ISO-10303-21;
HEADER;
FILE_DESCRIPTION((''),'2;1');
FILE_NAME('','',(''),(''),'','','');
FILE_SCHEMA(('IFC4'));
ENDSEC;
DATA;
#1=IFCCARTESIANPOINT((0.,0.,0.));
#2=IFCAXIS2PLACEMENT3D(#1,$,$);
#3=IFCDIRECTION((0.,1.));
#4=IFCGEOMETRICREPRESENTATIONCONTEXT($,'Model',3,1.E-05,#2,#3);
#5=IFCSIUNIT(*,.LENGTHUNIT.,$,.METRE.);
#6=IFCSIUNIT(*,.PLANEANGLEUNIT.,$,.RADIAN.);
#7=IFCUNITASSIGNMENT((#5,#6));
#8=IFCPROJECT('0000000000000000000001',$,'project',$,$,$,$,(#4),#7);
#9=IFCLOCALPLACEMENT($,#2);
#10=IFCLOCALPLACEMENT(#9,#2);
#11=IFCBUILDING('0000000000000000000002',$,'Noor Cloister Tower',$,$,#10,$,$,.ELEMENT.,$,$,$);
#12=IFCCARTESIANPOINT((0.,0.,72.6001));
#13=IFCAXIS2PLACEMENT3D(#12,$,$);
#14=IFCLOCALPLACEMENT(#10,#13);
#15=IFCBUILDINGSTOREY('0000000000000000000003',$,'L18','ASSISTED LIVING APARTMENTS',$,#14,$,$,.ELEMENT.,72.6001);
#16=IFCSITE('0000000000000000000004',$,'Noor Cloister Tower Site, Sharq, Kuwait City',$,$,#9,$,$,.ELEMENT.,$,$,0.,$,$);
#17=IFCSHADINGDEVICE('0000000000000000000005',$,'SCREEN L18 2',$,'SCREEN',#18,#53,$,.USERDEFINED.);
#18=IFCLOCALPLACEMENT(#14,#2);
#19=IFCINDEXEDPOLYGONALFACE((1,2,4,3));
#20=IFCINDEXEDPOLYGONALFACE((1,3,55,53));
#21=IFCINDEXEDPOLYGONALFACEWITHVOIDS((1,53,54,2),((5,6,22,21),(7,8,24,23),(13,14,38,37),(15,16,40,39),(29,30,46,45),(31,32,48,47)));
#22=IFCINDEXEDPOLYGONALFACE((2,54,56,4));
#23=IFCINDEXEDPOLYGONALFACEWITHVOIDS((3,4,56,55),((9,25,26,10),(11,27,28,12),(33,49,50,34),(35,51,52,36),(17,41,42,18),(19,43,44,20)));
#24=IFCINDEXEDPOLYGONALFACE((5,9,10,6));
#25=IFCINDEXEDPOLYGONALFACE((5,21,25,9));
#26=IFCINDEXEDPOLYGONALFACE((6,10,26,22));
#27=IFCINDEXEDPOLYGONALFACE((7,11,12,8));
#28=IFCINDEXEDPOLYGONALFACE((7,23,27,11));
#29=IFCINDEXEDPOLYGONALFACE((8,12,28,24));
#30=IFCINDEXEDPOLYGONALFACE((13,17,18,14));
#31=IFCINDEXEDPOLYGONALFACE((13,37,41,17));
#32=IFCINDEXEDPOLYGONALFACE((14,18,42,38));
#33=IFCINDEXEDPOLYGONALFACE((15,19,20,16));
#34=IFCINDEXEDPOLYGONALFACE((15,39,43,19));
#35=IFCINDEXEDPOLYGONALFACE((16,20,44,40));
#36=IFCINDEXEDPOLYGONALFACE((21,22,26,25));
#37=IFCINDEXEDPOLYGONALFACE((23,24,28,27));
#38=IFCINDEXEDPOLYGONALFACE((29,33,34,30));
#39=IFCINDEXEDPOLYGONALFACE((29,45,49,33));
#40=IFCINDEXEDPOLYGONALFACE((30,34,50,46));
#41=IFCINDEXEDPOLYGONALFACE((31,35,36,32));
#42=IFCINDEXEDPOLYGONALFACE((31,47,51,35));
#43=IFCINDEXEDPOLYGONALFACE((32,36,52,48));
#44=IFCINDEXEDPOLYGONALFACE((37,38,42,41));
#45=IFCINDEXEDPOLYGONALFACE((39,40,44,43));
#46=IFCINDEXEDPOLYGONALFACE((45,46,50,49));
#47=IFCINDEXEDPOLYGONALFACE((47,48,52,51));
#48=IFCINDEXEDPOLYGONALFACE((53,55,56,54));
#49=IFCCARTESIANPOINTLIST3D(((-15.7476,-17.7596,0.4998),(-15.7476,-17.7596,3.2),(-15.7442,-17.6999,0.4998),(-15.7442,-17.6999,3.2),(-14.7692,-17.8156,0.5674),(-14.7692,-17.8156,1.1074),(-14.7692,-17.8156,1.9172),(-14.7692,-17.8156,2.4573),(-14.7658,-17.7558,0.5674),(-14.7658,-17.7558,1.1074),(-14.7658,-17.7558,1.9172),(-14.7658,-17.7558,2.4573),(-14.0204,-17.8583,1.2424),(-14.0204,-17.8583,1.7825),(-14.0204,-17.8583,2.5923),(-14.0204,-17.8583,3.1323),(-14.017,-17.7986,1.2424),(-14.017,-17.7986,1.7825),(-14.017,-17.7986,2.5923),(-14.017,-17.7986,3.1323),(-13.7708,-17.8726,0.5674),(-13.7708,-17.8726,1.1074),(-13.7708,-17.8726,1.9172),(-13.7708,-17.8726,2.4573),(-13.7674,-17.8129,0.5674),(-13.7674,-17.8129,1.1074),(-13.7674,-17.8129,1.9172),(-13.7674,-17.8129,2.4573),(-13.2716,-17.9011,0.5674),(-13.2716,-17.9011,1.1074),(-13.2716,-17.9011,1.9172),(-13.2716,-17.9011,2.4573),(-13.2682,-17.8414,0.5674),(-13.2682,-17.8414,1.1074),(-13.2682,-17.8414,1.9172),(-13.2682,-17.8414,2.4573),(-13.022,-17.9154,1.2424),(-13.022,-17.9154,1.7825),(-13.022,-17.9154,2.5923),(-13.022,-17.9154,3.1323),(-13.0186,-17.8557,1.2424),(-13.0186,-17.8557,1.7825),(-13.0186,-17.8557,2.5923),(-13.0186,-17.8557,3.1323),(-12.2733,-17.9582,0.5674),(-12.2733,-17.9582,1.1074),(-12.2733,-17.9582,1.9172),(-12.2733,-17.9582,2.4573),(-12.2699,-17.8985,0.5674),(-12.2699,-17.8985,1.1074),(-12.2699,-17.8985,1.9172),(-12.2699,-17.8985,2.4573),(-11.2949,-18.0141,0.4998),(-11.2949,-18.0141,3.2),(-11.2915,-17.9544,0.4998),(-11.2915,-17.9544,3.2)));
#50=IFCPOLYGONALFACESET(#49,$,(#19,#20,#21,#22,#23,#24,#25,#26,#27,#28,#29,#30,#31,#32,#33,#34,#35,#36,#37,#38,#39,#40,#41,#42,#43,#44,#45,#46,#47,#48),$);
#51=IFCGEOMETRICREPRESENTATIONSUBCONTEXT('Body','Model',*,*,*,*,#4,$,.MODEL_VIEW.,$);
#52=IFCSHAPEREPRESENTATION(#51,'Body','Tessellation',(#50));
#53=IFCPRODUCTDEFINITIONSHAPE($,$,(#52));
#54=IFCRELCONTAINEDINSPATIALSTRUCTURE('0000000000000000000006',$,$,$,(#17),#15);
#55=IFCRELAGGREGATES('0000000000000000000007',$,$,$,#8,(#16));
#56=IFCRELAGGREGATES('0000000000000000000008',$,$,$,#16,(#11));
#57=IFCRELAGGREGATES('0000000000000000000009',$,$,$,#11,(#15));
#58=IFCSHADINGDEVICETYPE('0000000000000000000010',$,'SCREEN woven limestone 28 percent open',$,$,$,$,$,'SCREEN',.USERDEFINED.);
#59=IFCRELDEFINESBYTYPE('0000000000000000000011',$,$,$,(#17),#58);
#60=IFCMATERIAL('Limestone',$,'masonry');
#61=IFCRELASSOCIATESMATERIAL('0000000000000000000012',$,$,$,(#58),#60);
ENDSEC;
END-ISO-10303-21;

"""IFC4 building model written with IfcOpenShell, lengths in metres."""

from ifc_helpers import new_model, si_unit, direction, frame, origin, place, context, subcontext, project, spatial, polyline, outline, extrude, material, material_profile, profile_set, type_object, element, save


model = new_model("IFC4")

# Units and contexts
model_context = context("Model", 3, precision=1e-05, world=origin(), true_north=direction((0.0, 1.0)))
body_context = subcontext(model_context, "Body", "Model", "MODEL_VIEW")
ifc_project = project(units=[si_unit("LENGTHUNIT", "METRE"), si_unit("PLANEANGLEUNIT", "RADIAN")], contexts=[model_context])

# Site, building, storey
site_placement = place(None, origin())
site = spatial("IfcSite", under=ifc_project, at=site_placement, Name="Noor Cloister Tower Site, Sharq, Kuwait City", CompositionType="ELEMENT", RefElevation=0.0)
building_placement = place(site_placement, origin())
building = spatial("IfcBuilding", under=site, at=building_placement, Name="Noor Cloister Tower", CompositionType="ELEMENT")
storey_placement = place(building_placement, frame((0.0, 0.0, 72.6001)))
storey = spatial("IfcBuildingStorey", under=building, at=storey_placement, Name="L18", Description="ASSISTED LIVING APARTMENTS", CompositionType="ELEMENT", Elevation=72.6001)

# Shading device
ifc_material_1 = material(Name="Limestone", Category="masonry")
ifc_material_profile_1 = material_profile(ifc_material_1, outline(polyline([(-2.23, -1.3501), (2.23, -1.3501), (2.23, 1.3501), (-2.23, 1.3501), (-2.23, -1.3501)]), holes=[polyline([(-1.25, -1.2825), (-0.25, -1.2825), (-0.25, -0.7424), (-1.25, -0.7424), (-1.25, -1.2825)]), polyline([(0.25, -1.2825), (1.25, -1.2825), (1.25, -0.7424), (0.25, -0.7424), (0.25, -1.2825)]), polyline([(-0.5, -0.6074), (0.5, -0.6074), (0.5, -0.0674), (-0.5, -0.0674), (-0.5, -0.6074)]), polyline([(-1.25, 0.0674), (-0.25, 0.0674), (-0.25, 0.6074), (-1.25, 0.6074), (-1.25, 0.0674)]), polyline([(0.25, 0.0674), (1.25, 0.0674), (1.25, 0.6074), (0.25, 0.6074), (0.25, 0.0674)]), polyline([(-0.5, 0.7424), (0.5, 0.7424), (0.5, 1.2825), (-0.5, 1.2825), (-0.5, 0.7424)])]), Name="Woven screen 28 percent open")
ifc_profile_set_1 = profile_set([ifc_material_profile_1], Name="Limestone")
shading_device_type = type_object("IfcShadingDeviceType", Name="SCREEN woven limestone 28 percent open", ElementType="SCREEN", PredefinedType="USERDEFINED", material=ifc_profile_set_1)
shading_device_1_placement = place(storey_placement, frame((-13.5178, -17.8271, 1.8499), z_axis=(-0.05705, -0.998371, 0.0), x_axis=(0.998371, -0.05705, 0.0)))
element("IfcShadingDevice", 1, at=shading_device_1_placement, inside=storey, type_object=shading_device_type, Name="SCREEN L18 2", ObjectType="SCREEN", PredefinedType="USERDEFINED", context=body_context, shape_type="SweptSolid", body=[
    extrude(outline(polyline([(-2.23, -1.3501), (2.23, -1.3501), (2.23, 1.3501), (-2.23, 1.3501), (-2.23, -1.3501)]), holes=[polyline([(-1.25, -1.2825), (-0.25, -1.2825), (-0.25, -0.7424), (-1.25, -0.7424), (-1.25, -1.2825)]), polyline([(0.25, -1.2825), (1.25, -1.2825), (1.25, -0.7424), (0.25, -0.7424), (0.25, -1.2825)]), polyline([(-0.5, -0.6074), (0.5, -0.6074), (0.5, -0.0674), (-0.5, -0.0674), (-0.5, -0.6074)]), polyline([(-1.25, 0.0674), (-0.25, 0.0674), (-0.25, 0.6074), (-1.25, 0.6074), (-1.25, 0.0674)]), polyline([(0.25, 0.0674), (1.25, 0.0674), (1.25, 0.6074), (0.25, 0.6074), (0.25, 0.0674)]), polyline([(-0.5, 0.7424), (0.5, 0.7424), (0.5, 1.2825), (-0.5, 1.2825), (-0.5, 0.7424)])]), origin(), (0.0, 0.0, 1.0), 0.0598),
])

save(model, "model.ifc")
